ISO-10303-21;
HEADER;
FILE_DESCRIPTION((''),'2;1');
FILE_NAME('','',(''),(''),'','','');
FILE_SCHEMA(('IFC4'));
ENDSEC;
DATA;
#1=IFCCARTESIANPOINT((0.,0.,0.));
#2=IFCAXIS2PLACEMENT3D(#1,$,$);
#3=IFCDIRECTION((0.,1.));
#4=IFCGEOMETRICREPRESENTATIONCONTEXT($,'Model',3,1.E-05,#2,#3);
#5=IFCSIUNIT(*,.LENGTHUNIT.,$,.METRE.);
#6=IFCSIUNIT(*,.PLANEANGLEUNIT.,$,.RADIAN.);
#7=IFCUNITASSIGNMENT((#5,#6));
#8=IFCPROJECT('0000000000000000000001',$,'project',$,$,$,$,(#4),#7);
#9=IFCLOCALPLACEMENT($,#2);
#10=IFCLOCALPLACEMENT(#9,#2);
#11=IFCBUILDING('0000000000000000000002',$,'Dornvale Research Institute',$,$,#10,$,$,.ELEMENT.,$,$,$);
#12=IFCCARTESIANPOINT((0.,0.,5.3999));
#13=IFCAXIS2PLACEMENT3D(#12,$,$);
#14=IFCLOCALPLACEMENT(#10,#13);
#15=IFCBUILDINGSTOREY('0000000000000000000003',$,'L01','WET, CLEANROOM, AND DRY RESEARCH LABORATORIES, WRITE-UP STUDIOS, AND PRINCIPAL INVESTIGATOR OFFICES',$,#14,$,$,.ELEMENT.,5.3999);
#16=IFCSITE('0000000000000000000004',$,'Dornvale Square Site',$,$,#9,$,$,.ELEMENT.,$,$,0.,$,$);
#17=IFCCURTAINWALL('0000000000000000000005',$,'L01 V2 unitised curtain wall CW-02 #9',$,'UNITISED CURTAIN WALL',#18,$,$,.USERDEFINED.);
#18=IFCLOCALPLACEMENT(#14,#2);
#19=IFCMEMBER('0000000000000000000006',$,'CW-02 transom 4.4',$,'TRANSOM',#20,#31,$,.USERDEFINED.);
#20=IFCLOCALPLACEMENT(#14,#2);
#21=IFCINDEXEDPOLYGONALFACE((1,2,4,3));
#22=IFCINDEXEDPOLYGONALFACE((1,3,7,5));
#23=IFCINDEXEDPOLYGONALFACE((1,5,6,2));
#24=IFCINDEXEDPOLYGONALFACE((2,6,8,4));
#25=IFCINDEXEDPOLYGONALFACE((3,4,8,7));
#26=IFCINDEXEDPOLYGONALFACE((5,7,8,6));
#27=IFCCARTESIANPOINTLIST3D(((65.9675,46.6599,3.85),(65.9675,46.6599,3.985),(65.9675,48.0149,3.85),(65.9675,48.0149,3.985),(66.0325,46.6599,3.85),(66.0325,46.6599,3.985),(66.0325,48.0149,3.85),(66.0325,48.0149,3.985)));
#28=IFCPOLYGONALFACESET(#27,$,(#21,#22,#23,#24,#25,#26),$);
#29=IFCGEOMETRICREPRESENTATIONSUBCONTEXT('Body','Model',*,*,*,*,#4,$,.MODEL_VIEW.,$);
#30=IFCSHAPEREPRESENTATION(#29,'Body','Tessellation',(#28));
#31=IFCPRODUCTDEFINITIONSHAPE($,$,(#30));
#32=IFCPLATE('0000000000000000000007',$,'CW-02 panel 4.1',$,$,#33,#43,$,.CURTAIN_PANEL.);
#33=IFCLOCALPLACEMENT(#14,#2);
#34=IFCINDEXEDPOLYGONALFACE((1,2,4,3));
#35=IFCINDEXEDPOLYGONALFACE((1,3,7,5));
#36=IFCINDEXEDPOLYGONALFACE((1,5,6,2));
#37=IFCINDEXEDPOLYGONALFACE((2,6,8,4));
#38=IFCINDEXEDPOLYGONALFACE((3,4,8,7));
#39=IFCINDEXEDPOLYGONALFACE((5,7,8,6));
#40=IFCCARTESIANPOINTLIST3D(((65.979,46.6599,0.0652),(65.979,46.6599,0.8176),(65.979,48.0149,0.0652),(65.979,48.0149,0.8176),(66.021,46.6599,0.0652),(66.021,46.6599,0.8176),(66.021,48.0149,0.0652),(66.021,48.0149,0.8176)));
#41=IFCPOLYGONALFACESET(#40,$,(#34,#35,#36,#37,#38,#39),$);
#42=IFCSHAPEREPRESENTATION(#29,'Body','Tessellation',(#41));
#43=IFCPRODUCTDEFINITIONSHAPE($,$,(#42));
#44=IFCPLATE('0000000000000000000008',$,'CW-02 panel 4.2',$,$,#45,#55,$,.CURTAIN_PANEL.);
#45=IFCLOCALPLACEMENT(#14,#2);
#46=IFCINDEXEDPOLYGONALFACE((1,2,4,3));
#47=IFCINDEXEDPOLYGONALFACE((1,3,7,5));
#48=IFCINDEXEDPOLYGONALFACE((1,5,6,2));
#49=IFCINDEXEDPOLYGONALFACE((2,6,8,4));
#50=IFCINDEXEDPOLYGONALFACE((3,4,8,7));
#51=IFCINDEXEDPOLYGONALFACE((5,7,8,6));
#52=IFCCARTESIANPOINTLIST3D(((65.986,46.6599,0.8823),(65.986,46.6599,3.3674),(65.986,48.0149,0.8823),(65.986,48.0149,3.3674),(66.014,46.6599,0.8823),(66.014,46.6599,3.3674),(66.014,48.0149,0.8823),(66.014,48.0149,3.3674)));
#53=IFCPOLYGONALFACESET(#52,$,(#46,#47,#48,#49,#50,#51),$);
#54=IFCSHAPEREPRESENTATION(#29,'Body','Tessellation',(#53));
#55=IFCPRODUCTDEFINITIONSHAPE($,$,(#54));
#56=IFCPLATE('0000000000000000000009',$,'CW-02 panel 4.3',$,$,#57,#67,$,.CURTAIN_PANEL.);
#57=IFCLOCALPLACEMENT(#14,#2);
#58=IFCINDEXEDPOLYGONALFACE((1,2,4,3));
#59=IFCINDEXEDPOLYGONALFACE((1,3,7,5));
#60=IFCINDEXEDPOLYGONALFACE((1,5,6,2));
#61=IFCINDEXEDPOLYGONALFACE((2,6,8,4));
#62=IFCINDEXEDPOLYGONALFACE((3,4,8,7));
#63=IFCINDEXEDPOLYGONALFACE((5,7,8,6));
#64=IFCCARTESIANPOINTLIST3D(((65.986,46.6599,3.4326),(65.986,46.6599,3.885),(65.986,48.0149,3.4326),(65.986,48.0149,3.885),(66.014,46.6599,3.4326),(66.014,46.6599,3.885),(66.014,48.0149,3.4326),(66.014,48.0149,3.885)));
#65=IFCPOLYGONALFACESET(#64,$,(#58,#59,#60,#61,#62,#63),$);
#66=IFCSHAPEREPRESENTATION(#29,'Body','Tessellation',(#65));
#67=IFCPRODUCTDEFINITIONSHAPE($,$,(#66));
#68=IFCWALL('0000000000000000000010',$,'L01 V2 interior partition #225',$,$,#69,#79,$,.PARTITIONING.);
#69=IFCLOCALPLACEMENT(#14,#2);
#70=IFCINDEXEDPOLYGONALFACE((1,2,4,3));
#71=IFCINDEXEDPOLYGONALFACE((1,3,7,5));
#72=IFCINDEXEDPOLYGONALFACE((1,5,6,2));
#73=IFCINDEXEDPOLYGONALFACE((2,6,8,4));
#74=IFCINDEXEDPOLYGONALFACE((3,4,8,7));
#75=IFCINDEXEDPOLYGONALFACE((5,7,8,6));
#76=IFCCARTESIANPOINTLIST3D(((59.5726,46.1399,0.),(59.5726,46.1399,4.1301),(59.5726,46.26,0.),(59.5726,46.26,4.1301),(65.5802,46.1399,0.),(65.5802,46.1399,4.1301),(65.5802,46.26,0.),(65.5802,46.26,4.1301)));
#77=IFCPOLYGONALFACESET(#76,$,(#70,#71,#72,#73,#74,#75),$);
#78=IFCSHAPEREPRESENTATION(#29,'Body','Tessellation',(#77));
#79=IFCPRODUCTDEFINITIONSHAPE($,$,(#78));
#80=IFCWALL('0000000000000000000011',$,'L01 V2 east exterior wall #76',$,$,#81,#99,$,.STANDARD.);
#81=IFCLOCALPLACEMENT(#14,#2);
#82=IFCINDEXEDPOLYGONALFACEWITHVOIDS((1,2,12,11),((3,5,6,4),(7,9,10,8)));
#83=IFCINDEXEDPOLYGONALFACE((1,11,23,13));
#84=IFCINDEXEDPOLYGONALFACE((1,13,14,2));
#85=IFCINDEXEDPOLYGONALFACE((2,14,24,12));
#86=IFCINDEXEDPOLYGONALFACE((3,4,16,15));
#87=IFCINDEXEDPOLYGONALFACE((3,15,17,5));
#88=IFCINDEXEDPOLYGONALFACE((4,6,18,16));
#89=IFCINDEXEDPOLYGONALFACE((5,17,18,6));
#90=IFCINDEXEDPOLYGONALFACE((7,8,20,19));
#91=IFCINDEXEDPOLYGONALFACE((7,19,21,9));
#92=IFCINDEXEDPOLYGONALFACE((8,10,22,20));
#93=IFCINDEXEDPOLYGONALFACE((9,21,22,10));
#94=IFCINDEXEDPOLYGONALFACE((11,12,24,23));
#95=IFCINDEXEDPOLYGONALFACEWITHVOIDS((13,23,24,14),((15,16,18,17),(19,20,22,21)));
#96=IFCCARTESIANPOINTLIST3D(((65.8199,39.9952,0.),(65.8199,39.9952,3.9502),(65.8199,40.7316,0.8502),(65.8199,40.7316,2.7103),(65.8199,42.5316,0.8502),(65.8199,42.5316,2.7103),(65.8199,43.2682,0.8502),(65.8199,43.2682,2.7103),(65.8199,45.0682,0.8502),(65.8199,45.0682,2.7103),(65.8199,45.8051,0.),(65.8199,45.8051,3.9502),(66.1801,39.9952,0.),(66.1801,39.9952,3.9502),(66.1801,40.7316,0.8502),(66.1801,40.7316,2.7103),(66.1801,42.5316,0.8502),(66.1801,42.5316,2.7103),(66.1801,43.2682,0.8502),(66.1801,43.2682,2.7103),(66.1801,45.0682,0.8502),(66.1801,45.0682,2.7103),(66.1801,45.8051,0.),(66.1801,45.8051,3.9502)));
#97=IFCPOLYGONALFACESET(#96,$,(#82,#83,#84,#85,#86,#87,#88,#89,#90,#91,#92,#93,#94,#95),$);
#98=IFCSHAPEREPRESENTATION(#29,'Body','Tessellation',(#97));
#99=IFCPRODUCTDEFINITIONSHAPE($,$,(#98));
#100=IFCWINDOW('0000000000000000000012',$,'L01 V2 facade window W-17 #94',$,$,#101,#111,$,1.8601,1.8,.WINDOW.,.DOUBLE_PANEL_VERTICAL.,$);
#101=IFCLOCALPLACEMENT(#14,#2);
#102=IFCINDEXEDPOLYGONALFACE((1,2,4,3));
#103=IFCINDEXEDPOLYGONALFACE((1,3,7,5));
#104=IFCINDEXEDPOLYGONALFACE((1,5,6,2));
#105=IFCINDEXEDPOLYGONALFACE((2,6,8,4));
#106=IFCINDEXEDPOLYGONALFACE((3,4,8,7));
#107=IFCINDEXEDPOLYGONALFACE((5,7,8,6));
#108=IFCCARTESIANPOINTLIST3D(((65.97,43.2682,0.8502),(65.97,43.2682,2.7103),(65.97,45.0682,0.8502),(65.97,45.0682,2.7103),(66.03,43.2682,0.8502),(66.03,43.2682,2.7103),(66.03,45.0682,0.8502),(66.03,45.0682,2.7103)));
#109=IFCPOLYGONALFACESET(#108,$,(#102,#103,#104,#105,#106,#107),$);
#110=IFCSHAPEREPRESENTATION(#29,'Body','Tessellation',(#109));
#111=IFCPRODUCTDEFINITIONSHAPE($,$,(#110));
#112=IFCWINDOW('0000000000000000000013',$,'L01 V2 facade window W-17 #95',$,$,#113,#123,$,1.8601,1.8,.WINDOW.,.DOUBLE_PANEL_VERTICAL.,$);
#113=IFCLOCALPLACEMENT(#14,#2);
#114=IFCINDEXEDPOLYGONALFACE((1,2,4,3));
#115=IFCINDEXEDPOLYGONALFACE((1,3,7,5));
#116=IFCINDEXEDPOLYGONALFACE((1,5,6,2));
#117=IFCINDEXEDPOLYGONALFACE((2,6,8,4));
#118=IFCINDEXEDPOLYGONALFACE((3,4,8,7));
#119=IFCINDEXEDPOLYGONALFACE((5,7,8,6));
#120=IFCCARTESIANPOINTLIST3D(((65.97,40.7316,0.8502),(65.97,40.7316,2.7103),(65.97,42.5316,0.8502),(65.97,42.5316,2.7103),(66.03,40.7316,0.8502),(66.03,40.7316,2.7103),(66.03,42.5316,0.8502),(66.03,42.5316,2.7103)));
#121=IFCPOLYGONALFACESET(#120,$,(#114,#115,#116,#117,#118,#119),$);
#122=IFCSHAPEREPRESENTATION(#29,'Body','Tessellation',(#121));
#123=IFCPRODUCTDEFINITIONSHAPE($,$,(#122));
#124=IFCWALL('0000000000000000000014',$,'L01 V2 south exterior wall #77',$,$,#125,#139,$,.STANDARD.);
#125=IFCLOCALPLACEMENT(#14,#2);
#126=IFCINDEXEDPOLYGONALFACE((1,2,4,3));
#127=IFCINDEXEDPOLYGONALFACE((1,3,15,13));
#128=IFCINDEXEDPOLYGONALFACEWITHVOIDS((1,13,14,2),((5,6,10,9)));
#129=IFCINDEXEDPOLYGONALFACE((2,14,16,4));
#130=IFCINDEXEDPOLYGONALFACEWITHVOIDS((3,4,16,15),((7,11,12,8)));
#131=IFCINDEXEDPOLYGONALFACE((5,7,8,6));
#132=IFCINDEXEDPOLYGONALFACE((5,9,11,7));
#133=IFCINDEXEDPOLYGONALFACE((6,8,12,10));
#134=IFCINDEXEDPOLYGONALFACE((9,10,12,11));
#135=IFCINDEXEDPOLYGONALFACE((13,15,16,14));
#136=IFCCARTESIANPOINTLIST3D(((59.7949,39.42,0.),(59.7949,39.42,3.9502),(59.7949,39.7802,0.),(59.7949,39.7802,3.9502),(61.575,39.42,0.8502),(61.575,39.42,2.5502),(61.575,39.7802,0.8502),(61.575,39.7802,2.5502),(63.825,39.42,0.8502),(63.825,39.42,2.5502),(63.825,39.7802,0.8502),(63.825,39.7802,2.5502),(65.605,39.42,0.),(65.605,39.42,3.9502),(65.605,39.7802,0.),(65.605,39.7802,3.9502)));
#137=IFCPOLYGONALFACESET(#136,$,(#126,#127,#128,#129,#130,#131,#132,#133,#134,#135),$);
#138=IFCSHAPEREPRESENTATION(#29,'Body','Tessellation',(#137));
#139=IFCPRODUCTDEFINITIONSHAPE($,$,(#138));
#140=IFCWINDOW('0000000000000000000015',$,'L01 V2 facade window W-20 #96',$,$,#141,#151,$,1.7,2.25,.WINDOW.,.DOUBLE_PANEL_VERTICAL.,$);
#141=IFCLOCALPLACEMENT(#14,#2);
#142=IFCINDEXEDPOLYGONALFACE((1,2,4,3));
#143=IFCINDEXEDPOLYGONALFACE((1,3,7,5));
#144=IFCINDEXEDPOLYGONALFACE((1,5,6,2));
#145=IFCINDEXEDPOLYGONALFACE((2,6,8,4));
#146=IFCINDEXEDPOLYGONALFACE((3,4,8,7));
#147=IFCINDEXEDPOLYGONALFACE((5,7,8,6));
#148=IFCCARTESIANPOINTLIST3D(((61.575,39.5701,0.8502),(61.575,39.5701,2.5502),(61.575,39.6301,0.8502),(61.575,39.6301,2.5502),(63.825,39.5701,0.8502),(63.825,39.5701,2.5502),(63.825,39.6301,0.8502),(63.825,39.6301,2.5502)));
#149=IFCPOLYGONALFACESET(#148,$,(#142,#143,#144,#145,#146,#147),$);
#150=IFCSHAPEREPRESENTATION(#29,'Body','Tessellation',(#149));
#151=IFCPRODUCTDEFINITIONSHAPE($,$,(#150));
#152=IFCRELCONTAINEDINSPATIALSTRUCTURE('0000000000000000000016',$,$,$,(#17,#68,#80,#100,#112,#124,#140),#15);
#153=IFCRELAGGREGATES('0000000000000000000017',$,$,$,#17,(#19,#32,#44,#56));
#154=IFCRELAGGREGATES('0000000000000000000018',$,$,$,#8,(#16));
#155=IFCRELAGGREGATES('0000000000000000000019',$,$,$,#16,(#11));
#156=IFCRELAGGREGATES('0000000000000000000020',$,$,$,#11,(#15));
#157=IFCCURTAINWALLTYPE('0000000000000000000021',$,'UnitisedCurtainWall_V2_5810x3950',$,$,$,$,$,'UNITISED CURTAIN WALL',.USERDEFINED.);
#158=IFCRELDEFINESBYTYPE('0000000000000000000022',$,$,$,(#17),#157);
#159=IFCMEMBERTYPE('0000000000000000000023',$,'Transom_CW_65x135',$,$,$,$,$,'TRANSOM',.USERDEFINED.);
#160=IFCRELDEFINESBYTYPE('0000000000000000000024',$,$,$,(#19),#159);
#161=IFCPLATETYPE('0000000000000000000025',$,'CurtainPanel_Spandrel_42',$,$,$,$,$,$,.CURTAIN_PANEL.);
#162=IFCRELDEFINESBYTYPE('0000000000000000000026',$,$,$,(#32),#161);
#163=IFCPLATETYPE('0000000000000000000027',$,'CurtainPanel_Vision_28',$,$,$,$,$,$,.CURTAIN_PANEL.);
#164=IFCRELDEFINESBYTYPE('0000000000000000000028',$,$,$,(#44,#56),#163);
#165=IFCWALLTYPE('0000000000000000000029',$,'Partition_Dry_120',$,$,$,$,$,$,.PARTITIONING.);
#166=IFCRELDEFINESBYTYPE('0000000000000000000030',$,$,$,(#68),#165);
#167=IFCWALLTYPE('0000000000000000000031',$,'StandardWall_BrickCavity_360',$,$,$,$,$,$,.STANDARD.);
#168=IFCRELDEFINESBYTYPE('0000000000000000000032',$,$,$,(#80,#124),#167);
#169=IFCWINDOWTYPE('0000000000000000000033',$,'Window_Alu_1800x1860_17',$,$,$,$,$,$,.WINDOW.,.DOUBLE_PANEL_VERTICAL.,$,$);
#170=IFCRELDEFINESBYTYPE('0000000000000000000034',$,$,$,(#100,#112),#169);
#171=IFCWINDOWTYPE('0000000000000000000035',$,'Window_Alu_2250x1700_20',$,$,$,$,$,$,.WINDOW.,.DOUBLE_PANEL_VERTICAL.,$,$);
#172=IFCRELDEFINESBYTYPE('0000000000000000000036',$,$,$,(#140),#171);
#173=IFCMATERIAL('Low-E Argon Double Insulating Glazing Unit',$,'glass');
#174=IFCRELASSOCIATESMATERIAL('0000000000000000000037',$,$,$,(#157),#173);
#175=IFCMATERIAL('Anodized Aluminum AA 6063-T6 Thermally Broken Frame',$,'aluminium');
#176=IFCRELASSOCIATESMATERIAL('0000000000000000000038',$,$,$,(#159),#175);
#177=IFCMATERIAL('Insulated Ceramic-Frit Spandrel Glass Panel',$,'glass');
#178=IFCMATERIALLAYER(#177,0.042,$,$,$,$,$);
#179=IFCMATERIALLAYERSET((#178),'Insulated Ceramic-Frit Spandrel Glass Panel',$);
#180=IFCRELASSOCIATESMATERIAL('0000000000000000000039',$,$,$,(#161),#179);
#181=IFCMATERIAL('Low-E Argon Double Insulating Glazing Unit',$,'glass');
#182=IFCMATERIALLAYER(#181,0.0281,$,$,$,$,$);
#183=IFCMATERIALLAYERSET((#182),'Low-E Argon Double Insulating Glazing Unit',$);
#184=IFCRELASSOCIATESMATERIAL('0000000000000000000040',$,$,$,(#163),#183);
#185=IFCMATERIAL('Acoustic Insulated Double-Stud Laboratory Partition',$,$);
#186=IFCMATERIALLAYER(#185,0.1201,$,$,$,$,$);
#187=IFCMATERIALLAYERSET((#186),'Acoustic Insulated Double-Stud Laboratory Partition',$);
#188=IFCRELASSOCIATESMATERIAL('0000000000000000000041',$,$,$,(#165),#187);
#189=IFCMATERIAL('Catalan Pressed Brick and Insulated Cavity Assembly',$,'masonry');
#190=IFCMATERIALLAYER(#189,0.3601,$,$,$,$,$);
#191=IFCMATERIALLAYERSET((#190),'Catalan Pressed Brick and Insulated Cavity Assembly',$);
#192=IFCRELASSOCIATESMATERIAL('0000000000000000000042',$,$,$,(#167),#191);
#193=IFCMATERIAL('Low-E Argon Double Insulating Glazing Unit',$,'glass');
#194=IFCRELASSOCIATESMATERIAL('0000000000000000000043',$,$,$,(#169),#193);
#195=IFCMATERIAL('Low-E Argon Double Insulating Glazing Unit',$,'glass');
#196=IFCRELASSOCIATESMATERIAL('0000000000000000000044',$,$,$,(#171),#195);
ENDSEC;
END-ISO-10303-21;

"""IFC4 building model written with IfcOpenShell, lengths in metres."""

from ifc_helpers import new_model, si_unit, direction, frame, frame_2d, origin, origin_2d, place, context, subcontext, project, spatial, rectangle, extrude, material, layer, layer_set, material_profile, profile_set, type_object, element, fill, aggregate, save


model = new_model("IFC4")

# Units and contexts
model_context = context("Model", 3, precision=1e-05, world=origin(), true_north=direction((0.0, 1.0)))
body_context = subcontext(model_context, "Body", "Model", "MODEL_VIEW")
ifc_project = project(units=[si_unit("LENGTHUNIT", "METRE"), si_unit("PLANEANGLEUNIT", "RADIAN")], contexts=[model_context])

# Site, building, storey
site_placement = place(None, origin())
site = spatial("IfcSite", under=ifc_project, at=site_placement, Name="Dornvale Square Site", CompositionType="ELEMENT", RefElevation=0.0)
building_placement = place(site_placement, origin())
building = spatial("IfcBuilding", under=site, at=building_placement, Name="Dornvale Research Institute", CompositionType="ELEMENT")
storey_placement = place(building_placement, frame((0.0, 0.0, 5.3999)))
storey = spatial("IfcBuildingStorey", under=building, at=storey_placement, Name="L01", Description="WET, CLEANROOM, AND DRY RESEARCH LABORATORIES, WRITE-UP STUDIOS, AND PRINCIPAL INVESTIGATOR OFFICES", CompositionType="ELEMENT", Elevation=5.3999)

# Curtain wall
ifc_material_1 = material(Name="Low-E Argon Double Insulating Glazing Unit", Category="glass")
curtain_wall_type = type_object("IfcCurtainWallType", Name="UnitisedCurtainWall_V2_5810x3950", ElementType="UNITISED CURTAIN WALL", PredefinedType="USERDEFINED", material=ifc_material_1)
curtain_wall_placement = place(storey_placement, origin())
curtain_wall = element("IfcCurtainWall", 1, at=curtain_wall_placement, inside=storey, type_object=curtain_wall_type, Name="L01 V2 unitised curtain wall CW-02 #9", ObjectType="UNITISED CURTAIN WALL", PredefinedType="USERDEFINED")

# Member
ifc_material_2 = material(Name="Anodized Aluminum AA 6063-T6 Thermally Broken Frame", Category="aluminium")
ifc_material_profile_1 = material_profile(ifc_material_2, rectangle(XDim=0.0649, YDim=0.135, at=origin_2d()), Name="ALU TRANSOM 65x135")
ifc_profile_set_1 = profile_set([ifc_material_profile_1], Name="Anodized Aluminum AA 6063-T6 Thermally Broken Frame")
member_type_1 = type_object("IfcMemberType", Name="Transom_CW_65x135", ElementType="TRANSOM", PredefinedType="USERDEFINED", material=ifc_profile_set_1)
member_1_placement = place(storey_placement, frame((66.0, 48.0149, 3.9175), z_axis=(0.0, -1.0, 0.0), x_axis=(1.0, 0.0, 0.0)))
member_1 = element("IfcMember", 2, at=member_1_placement, type_object=member_type_1, Name="CW-02 transom 4.4", ObjectType="TRANSOM", PredefinedType="USERDEFINED", context=body_context, shape_type="SweptSolid", body=[
    extrude(rectangle(XDim=0.0649, YDim=0.135, at=origin_2d()), origin(), (0.0, 0.0, 1.0), 1.355),
])

# Plates
ifc_material_3 = material(Name="Insulated Ceramic-Frit Spandrel Glass Panel", Category="glass")
ifc_layer_1 = layer(ifc_material_3, 0.042)
ifc_layer_set_1 = layer_set([ifc_layer_1], Name="Insulated Ceramic-Frit Spandrel Glass Panel")
plate_type_1 = type_object("IfcPlateType", Name="CurtainPanel_Spandrel_42", PredefinedType="CURTAIN_PANEL", material=ifc_layer_set_1)
plate_1_placement = place(storey_placement, frame((66.0, 47.3374, 0.0652), z_axis=(0.0, 0.0, 1.0), x_axis=(0.0, -1.0, 0.0)))
plate_1 = element("IfcPlate", 3, at=plate_1_placement, type_object=plate_type_1, Name="CW-02 panel 4.1", PredefinedType="CURTAIN_PANEL", context=body_context, shape_type="SweptSolid", body=[
    extrude(rectangle(XDim=1.355, YDim=0.042, at=origin_2d()), origin(), (0.0, 0.0, 1.0), 0.7524),
])
ifc_material_4 = material(Name="Low-E Argon Double Insulating Glazing Unit", Category="glass")
ifc_layer_2 = layer(ifc_material_4, 0.0281)
ifc_layer_set_2 = layer_set([ifc_layer_2], Name="Low-E Argon Double Insulating Glazing Unit")
plate_type_2 = type_object("IfcPlateType", Name="CurtainPanel_Vision_28", PredefinedType="CURTAIN_PANEL", material=ifc_layer_set_2)
plate_2_placement = place(storey_placement, frame((66.0, 47.3374, 0.8823), z_axis=(0.0, 0.0, 1.0), x_axis=(0.0, -1.0, 0.0)))
plate_2 = element("IfcPlate", 4, at=plate_2_placement, type_object=plate_type_2, Name="CW-02 panel 4.2", PredefinedType="CURTAIN_PANEL", context=body_context, shape_type="SweptSolid", body=[
    extrude(rectangle(XDim=1.355, YDim=0.0281, at=origin_2d()), origin(), (0.0, 0.0, 1.0), 2.4851),
])
plate_3_placement = place(storey_placement, frame((66.0, 47.3374, 3.4326), z_axis=(0.0, 0.0, 1.0), x_axis=(0.0, -1.0, 0.0)))
plate_3 = element("IfcPlate", 5, at=plate_3_placement, type_object=plate_type_2, Name="CW-02 panel 4.3", PredefinedType="CURTAIN_PANEL", context=body_context, shape_type="SweptSolid", body=[
    extrude(rectangle(XDim=1.355, YDim=0.0281, at=origin_2d()), origin(), (0.0, 0.0, 1.0), 0.4524),
])
aggregate(curtain_wall, [member_1, plate_1, plate_2, plate_3])

# Wall
ifc_material_5 = material(Name="Acoustic Insulated Double-Stud Laboratory Partition")
ifc_layer_3 = layer(ifc_material_5, 0.1201)
ifc_layer_set_3 = layer_set([ifc_layer_3], Name="Acoustic Insulated Double-Stud Laboratory Partition")
wall_type_1 = type_object("IfcWallType", Name="Partition_Dry_120", PredefinedType="PARTITIONING", material=ifc_layer_set_3)
wall_1_placement = place(storey_placement, frame((59.5725, 46.2, 0.0), z_axis=(0.0, 0.0, 1.0), x_axis=(1.0, 0.0, 0.0)))
element("IfcWall", 6, at=wall_1_placement, inside=storey, type_object=wall_type_1, Name="L01 V2 interior partition #225", PredefinedType="PARTITIONING", context=body_context, shape_type="SweptSolid", body=[
    extrude(rectangle(XDim=6.0076, YDim=0.1201, at=frame_2d((3.0039, 0.0))), origin(), (0.0, 0.0, 1.0), 4.1301),
])

# Wall, openings, windows
ifc_material_6 = material(Name="Catalan Pressed Brick and Insulated Cavity Assembly", Category="masonry")
ifc_layer_4 = layer(ifc_material_6, 0.3601)
ifc_layer_set_4 = layer_set([ifc_layer_4], Name="Catalan Pressed Brick and Insulated Cavity Assembly")
wall_type_2 = type_object("IfcWallType", Name="StandardWall_BrickCavity_360", PredefinedType="STANDARD", material=ifc_layer_set_4)
wall_2_placement = place(storey_placement, frame((66.0, 45.8049, 0.0), z_axis=(0.0, 0.0, 1.0), x_axis=(0.0, -1.0, 0.0)))
wall_2 = element("IfcWall", 7, at=wall_2_placement, inside=storey, type_object=wall_type_2, Name="L01 V2 east exterior wall #76", PredefinedType="STANDARD", context=body_context, shape_type="SweptSolid", body=[
    extrude(rectangle(XDim=5.8098, YDim=0.3601, at=frame_2d((2.9048, 0.0))), origin(), (0.0, 0.0, 1.0), 3.9502),
])
opening_1_placement = place(wall_2_placement, frame((0.7368, 0.0, 0.8501)))
opening_1 = element("IfcOpeningElement", 8, at=opening_1_placement, cuts=wall_2, PredefinedType="OPENING", context=body_context, shape_type="SweptSolid", body=[
    extrude(rectangle(XDim=1.8, YDim=1.8601, at=frame_2d((0.8999, 0.9302))), frame((0.0, 0.1951, 0.0), z_axis=(0.0, -1.0, 0.0), x_axis=(1.0, 0.0, 0.0)), (0.0, 0.0, 1.0), 0.3901),
])
opening_2_placement = place(wall_2_placement, frame((3.2734, 0.0, 0.8501)))
opening_2 = element("IfcOpeningElement", 9, at=opening_2_placement, cuts=wall_2, PredefinedType="OPENING", context=body_context, shape_type="SweptSolid", body=[
    extrude(rectangle(XDim=1.8, YDim=1.8601, at=frame_2d((0.8999, 0.9302))), frame((0.0, 0.1951, 0.0), z_axis=(0.0, -1.0, 0.0), x_axis=(1.0, 0.0, 0.0)), (0.0, 0.0, 1.0), 0.3901),
])
ifc_material_7 = material(Name="Low-E Argon Double Insulating Glazing Unit", Category="glass")
window_type_1 = type_object("IfcWindowType", Name="Window_Alu_1800x1860_17", PartitioningType="DOUBLE_PANEL_VERTICAL", PredefinedType="WINDOW", material=ifc_material_7)
window_1_placement = place(opening_1_placement, origin())
window_1 = element("IfcWindow", 10, at=window_1_placement, inside=storey, type_object=window_type_1, Name="L01 V2 facade window W-17 #94", OverallHeight=1.8601, OverallWidth=1.8, PartitioningType="DOUBLE_PANEL_VERTICAL", PredefinedType="WINDOW", context=body_context, shape_type="SweptSolid", body=[
    extrude(rectangle(XDim=1.8, YDim=1.8601, at=frame_2d((0.8999, 0.9302))), frame((0.0, 0.03, 0.0), z_axis=(0.0, -1.0, 0.0), x_axis=(1.0, 0.0, 0.0)), (0.0, 0.0, 1.0), 0.0601),
])
fill(opening_1, window_1)
window_2_placement = place(opening_2_placement, origin())
window_2 = element("IfcWindow", 11, at=window_2_placement, inside=storey, type_object=window_type_1, Name="L01 V2 facade window W-17 #95", OverallHeight=1.8601, OverallWidth=1.8, PartitioningType="DOUBLE_PANEL_VERTICAL", PredefinedType="WINDOW", context=body_context, shape_type="SweptSolid", body=[
    extrude(rectangle(XDim=1.8, YDim=1.8601, at=frame_2d((0.8999, 0.9302))), frame((0.0, 0.03, 0.0), z_axis=(0.0, -1.0, 0.0), x_axis=(1.0, 0.0, 0.0)), (0.0, 0.0, 1.0), 0.0601),
])
fill(opening_2, window_2)

# Wall, opening, window
wall_3_placement = place(storey_placement, frame((65.605, 39.6001, 0.0), z_axis=(0.0, 0.0, 1.0), x_axis=(-1.0, 0.0, 0.0)))
wall_3 = element("IfcWall", 12, at=wall_3_placement, inside=storey, type_object=wall_type_2, Name="L01 V2 south exterior wall #77", PredefinedType="STANDARD", context=body_context, shape_type="SweptSolid", body=[
    extrude(rectangle(XDim=5.8101, YDim=0.3601, at=frame_2d((2.905, 0.0))), origin(), (0.0, 0.0, 1.0), 3.9502),
])
opening_3_placement = place(wall_3_placement, frame((1.78, 0.0, 0.8501)))
opening_3 = element("IfcOpeningElement", 13, at=opening_3_placement, cuts=wall_3, PredefinedType="OPENING", context=body_context, shape_type="SweptSolid", body=[
    extrude(rectangle(XDim=2.25, YDim=1.7, at=frame_2d((1.125, 0.8501))), frame((0.0, 0.1951, 0.0), z_axis=(0.0, -1.0, 0.0), x_axis=(1.0, 0.0, 0.0)), (0.0, 0.0, 1.0), 0.3901),
])
ifc_material_8 = material(Name="Low-E Argon Double Insulating Glazing Unit", Category="glass")
window_type_2 = type_object("IfcWindowType", Name="Window_Alu_2250x1700_20", PartitioningType="DOUBLE_PANEL_VERTICAL", PredefinedType="WINDOW", material=ifc_material_8)
window_3_placement = place(opening_3_placement, origin())
window_3 = element("IfcWindow", 14, at=window_3_placement, inside=storey, type_object=window_type_2, Name="L01 V2 facade window W-20 #96", OverallHeight=1.7, OverallWidth=2.25, PartitioningType="DOUBLE_PANEL_VERTICAL", PredefinedType="WINDOW", context=body_context, shape_type="SweptSolid", body=[
    extrude(rectangle(XDim=2.25, YDim=1.7, at=frame_2d((1.125, 0.8501))), frame((0.0, 0.03, 0.0), z_axis=(0.0, -1.0, 0.0), x_axis=(1.0, 0.0, 0.0)), (0.0, 0.0, 1.0), 0.0601),
])
fill(opening_3, window_3)

save(model, "model.ifc")
